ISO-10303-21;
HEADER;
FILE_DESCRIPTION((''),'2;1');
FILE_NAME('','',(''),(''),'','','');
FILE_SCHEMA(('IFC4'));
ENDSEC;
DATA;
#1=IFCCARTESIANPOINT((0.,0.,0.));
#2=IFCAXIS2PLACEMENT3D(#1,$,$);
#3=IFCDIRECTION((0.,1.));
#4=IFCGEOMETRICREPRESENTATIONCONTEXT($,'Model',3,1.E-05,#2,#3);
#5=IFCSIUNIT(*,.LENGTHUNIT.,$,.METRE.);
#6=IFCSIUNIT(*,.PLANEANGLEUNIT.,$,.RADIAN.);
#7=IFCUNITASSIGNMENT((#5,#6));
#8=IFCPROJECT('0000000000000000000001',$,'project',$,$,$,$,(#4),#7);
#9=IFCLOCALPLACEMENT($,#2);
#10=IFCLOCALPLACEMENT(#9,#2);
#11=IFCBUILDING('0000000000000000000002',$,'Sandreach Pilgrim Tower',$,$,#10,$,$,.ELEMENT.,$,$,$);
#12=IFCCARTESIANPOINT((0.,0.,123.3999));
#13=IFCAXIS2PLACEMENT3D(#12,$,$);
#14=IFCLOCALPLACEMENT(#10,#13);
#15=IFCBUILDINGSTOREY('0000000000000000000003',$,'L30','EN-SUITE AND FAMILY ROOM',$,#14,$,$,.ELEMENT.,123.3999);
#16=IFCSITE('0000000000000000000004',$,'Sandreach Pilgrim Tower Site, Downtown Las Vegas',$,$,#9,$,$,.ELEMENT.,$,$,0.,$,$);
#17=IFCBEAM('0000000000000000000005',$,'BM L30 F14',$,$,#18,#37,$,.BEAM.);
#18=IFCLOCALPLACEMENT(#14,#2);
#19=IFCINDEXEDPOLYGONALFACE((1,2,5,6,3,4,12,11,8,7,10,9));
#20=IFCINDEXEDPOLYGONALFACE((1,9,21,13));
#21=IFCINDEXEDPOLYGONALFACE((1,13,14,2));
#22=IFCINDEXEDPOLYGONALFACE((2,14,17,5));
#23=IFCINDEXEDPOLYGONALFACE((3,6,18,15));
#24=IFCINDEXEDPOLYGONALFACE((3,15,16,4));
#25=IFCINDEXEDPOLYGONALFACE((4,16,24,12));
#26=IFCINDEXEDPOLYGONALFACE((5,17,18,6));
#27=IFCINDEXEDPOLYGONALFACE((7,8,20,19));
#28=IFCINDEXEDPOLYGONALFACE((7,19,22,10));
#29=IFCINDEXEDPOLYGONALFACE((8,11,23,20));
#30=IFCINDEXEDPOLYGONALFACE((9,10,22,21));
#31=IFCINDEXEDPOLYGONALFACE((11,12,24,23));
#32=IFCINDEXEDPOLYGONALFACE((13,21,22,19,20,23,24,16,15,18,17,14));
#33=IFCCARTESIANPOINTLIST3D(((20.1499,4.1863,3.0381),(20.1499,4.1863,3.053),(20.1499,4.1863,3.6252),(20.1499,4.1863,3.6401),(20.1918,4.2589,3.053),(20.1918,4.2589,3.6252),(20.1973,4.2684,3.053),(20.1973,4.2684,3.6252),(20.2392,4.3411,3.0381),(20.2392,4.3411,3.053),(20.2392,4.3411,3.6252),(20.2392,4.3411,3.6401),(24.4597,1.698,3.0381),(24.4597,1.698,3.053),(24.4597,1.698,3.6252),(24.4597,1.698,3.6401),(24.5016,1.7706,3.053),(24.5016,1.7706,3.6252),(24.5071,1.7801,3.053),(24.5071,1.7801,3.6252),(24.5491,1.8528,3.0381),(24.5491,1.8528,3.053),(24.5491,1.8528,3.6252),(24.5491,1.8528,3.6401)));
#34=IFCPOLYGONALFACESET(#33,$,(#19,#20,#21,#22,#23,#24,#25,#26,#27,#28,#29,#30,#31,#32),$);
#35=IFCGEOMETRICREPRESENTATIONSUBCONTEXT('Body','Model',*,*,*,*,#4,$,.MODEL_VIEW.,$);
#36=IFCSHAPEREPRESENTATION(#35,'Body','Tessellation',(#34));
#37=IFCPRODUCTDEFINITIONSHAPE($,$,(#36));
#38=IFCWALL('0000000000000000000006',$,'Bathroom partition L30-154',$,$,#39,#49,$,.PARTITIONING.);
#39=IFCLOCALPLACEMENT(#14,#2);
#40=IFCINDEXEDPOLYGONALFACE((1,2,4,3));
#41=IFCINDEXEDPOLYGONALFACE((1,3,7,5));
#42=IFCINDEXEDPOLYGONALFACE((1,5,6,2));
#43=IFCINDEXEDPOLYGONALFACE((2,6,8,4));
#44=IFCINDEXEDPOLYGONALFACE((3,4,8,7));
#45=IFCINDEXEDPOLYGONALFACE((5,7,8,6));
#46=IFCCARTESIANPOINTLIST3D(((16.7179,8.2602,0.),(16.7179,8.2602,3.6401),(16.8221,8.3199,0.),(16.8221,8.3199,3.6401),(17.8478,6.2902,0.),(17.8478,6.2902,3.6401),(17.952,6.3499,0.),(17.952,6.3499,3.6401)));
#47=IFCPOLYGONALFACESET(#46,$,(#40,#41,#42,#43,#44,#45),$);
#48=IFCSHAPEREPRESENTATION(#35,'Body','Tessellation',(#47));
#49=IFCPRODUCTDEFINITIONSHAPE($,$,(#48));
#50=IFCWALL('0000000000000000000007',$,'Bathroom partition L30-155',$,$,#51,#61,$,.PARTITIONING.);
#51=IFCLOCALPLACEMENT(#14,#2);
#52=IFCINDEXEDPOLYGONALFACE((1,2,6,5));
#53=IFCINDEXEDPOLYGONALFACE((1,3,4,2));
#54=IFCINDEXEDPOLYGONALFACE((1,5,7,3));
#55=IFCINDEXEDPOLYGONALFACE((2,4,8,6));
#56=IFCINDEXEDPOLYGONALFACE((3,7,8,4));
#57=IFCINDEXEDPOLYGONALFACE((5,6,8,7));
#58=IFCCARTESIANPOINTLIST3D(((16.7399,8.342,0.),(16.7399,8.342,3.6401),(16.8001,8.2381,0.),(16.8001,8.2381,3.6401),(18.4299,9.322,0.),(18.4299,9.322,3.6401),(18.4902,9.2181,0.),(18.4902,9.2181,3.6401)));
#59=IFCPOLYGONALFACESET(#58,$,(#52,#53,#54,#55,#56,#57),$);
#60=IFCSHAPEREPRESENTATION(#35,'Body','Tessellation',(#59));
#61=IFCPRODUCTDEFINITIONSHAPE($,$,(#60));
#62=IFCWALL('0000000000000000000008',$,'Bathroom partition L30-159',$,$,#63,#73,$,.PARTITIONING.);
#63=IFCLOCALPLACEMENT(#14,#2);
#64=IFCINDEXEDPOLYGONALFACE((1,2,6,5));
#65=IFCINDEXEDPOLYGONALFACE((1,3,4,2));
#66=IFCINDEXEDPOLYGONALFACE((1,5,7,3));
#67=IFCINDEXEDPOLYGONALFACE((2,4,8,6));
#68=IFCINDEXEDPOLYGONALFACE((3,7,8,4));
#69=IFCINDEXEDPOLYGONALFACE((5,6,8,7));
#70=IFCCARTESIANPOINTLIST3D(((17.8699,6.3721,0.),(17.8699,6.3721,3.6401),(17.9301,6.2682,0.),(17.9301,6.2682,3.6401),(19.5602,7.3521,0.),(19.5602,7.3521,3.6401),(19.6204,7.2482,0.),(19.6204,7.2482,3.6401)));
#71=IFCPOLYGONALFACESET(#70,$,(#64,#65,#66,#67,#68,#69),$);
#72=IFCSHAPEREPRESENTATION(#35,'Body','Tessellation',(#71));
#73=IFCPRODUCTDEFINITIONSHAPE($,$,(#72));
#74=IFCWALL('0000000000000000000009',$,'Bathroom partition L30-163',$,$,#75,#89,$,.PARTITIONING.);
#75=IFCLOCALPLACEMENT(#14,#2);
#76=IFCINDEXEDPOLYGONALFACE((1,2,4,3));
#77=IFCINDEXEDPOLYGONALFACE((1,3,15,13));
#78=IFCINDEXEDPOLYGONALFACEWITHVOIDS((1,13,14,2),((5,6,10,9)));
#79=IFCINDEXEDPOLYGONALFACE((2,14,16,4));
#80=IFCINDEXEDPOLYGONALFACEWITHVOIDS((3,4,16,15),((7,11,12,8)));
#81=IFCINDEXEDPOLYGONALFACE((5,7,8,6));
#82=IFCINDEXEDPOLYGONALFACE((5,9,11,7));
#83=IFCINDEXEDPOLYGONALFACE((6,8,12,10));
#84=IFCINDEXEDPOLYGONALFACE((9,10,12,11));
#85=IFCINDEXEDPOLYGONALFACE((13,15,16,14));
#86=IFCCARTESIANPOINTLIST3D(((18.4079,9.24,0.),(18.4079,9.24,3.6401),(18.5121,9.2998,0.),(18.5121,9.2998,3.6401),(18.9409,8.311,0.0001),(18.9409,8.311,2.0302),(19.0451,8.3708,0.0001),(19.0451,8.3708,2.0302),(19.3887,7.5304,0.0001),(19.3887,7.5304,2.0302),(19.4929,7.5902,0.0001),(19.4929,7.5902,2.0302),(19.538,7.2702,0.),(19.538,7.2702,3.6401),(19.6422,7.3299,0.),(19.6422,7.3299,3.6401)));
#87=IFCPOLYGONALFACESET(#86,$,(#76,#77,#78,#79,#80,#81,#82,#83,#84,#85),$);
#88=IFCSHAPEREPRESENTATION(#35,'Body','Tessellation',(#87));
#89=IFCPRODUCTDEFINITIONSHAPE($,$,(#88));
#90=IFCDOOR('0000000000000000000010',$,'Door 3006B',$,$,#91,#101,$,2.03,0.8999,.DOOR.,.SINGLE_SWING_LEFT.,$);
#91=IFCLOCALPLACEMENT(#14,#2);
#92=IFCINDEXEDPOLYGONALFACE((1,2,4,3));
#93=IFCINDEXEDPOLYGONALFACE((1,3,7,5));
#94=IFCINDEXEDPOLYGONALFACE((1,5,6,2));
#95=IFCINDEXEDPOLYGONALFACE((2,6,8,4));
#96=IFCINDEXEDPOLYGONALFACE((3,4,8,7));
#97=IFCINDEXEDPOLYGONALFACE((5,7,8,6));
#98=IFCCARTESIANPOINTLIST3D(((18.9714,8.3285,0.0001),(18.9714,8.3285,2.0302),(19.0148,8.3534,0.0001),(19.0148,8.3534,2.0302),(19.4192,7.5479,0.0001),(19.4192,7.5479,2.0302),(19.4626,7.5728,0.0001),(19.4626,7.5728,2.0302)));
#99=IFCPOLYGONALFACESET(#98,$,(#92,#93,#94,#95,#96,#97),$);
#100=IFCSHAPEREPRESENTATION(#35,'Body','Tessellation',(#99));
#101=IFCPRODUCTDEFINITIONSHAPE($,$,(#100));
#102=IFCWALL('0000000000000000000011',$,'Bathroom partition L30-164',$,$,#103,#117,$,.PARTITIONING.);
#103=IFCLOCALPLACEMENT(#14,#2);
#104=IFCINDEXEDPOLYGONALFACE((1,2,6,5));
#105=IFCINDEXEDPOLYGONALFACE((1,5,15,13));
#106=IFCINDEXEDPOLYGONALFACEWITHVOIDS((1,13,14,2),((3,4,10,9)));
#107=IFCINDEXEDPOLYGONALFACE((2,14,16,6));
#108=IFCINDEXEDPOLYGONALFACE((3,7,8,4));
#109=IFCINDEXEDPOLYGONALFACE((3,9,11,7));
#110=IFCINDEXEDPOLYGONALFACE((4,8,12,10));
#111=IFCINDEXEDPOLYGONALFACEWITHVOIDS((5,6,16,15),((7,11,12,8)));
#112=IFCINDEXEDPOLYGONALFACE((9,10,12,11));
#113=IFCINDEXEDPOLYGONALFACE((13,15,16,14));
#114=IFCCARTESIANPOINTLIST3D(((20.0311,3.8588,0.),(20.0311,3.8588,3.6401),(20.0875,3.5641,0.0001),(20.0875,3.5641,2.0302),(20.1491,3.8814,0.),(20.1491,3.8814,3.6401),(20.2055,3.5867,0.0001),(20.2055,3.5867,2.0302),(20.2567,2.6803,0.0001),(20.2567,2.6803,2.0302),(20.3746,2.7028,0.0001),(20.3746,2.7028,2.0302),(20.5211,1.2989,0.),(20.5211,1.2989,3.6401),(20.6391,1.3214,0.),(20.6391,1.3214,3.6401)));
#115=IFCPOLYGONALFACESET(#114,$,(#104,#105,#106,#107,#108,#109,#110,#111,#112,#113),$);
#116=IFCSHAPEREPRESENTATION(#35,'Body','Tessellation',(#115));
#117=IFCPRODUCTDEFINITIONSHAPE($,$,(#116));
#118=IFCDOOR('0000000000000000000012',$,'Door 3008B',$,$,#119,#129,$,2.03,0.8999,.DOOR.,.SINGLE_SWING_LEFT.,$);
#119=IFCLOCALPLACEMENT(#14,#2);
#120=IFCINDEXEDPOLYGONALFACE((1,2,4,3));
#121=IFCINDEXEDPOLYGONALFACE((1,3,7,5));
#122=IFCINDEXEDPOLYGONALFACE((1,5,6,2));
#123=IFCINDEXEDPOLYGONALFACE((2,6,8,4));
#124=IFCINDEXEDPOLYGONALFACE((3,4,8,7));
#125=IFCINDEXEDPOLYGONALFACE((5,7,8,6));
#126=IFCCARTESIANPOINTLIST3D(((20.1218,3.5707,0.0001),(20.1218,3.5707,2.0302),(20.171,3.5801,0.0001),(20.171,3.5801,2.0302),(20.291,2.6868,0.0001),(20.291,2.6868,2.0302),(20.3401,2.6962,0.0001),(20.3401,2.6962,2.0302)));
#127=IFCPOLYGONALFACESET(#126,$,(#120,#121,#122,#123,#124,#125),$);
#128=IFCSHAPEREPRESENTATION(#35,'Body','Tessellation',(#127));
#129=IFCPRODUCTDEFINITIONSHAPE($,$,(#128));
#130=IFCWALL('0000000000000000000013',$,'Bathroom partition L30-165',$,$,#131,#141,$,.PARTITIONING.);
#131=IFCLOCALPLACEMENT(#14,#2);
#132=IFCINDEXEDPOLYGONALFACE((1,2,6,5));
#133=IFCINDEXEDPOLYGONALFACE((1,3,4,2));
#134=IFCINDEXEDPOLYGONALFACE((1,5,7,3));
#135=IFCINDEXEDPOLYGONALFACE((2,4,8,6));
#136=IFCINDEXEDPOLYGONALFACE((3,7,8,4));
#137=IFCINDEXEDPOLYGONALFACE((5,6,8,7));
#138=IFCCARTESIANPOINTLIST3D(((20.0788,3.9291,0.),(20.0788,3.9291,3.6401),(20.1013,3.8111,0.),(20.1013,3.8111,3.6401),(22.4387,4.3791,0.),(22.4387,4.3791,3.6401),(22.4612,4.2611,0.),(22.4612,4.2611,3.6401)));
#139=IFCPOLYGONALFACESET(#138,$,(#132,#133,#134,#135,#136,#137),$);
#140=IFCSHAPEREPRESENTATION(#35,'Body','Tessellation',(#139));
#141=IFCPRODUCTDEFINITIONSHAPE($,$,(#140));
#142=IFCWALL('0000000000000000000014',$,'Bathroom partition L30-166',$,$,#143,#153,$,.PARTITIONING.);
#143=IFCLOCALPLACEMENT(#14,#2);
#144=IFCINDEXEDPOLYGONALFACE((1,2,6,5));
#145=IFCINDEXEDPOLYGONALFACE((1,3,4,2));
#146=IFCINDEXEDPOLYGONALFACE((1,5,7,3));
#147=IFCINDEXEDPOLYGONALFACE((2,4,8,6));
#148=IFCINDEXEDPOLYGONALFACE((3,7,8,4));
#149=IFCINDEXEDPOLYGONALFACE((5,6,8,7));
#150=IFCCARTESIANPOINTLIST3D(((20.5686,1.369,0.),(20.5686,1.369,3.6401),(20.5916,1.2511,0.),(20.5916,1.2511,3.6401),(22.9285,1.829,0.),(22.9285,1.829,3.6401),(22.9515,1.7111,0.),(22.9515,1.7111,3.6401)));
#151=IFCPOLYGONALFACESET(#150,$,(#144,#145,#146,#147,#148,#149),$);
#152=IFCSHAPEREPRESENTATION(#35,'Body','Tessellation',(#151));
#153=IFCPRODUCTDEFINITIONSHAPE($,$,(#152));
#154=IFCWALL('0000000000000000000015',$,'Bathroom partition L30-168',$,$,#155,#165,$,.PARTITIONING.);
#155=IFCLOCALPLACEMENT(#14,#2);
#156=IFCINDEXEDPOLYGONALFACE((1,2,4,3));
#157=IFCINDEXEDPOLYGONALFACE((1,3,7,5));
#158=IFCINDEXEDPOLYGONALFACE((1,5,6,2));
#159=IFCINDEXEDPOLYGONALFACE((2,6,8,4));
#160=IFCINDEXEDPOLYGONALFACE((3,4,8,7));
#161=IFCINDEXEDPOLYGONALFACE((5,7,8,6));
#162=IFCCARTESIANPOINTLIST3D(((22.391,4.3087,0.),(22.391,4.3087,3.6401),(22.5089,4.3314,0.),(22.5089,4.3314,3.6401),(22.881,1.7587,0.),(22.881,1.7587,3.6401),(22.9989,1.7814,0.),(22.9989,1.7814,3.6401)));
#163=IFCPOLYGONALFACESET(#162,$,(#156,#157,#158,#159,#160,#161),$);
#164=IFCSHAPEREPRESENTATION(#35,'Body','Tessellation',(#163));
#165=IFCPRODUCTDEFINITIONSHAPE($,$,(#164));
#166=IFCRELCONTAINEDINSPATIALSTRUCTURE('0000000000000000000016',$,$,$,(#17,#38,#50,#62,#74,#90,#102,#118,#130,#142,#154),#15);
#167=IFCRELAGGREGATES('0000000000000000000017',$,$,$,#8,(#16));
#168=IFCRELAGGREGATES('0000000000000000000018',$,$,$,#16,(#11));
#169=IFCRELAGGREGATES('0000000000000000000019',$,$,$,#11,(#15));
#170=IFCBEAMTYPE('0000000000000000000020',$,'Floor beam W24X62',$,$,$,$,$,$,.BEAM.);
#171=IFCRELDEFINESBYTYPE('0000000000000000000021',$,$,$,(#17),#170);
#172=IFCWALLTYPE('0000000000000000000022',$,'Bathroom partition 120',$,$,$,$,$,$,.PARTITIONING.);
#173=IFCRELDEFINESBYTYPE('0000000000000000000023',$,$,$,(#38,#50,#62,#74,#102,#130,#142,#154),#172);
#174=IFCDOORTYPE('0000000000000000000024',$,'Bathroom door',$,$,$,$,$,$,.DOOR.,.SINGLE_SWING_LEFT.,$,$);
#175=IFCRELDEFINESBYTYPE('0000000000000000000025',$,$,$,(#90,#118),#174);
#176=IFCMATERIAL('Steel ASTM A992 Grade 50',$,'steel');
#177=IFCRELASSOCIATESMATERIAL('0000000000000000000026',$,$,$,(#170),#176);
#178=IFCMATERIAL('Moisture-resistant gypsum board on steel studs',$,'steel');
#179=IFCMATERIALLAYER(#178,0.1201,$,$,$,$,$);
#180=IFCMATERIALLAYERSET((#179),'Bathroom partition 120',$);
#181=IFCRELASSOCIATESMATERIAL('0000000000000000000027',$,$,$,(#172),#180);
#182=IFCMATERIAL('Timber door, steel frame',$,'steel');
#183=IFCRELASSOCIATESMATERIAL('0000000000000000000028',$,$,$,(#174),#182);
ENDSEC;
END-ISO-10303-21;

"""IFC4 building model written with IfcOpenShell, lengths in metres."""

from ifc_helpers import new_model, si_unit, direction, frame, frame_2d, origin, origin_2d, place, context, subcontext, project, spatial, rectangle, i_section, extrude, material, layer, layer_set, material_profile, profile_set, type_object, element, fill, save


model = new_model("IFC4")

# Units and contexts
model_context = context("Model", 3, precision=1e-05, world=origin(), true_north=direction((0.0, 1.0)))
body_context = subcontext(model_context, "Body", "Model", "MODEL_VIEW")
ifc_project = project(units=[si_unit("LENGTHUNIT", "METRE"), si_unit("PLANEANGLEUNIT", "RADIAN")], contexts=[model_context])

# Site, building, storey
site_placement = place(None, origin())
site = spatial("IfcSite", under=ifc_project, at=site_placement, Name="Sandreach Pilgrim Tower Site, Downtown Las Vegas", CompositionType="ELEMENT", RefElevation=0.0)
building_placement = place(site_placement, origin())
building = spatial("IfcBuilding", under=site, at=building_placement, Name="Sandreach Pilgrim Tower", CompositionType="ELEMENT")
storey_placement = place(building_placement, frame((0.0, 0.0, 123.3999)))
storey = spatial("IfcBuildingStorey", under=building, at=storey_placement, Name="L30", Description="EN-SUITE AND FAMILY ROOM", CompositionType="ELEMENT", Elevation=123.3999)

# Beam
ifc_material_1 = material(Name="Steel ASTM A992 Grade 50", Category="steel")
ifc_material_profile = material_profile(ifc_material_1, i_section(OverallWidth=0.1787, OverallDepth=0.6021, WebThickness=0.011, FlangeThickness=0.0149, at=origin_2d()), Name="W24X62")
ifc_profile_set = profile_set([ifc_material_profile], Name="Steel ASTM A992 Grade 50")
beam_type = type_object("IfcBeamType", Name="Floor beam W24X62", PredefinedType="BEAM", material=ifc_profile_set)
beam_placement = place(storey_placement, frame((24.5044, 1.7754, 3.3391), z_axis=(-0.866025, 0.500001, 0.0), x_axis=(-0.500001, -0.866025, 0.0)))
element("IfcBeam", 1, at=beam_placement, inside=storey, type_object=beam_type, Name="BM L30 F14", PredefinedType="BEAM", context=body_context, shape_type="SweptSolid", body=[
    extrude(i_section(OverallWidth=0.1787, OverallDepth=0.6021, WebThickness=0.011, FlangeThickness=0.0149, at=origin_2d()), origin(), (0.0, 0.0, 1.0), 4.9766),
])

# Walls
ifc_material_2 = material(Name="Moisture-resistant gypsum board on steel studs", Category="steel")
ifc_layer_1 = layer(ifc_material_2, 0.1201)
ifc_layer_set_1 = layer_set([ifc_layer_1], Name="Bathroom partition 120")
wall_type_1 = type_object("IfcWallType", Name="Bathroom partition 120", PredefinedType="PARTITIONING", material=ifc_layer_set_1)
wall_1_placement = place(storey_placement, frame((16.77, 8.29, 0.0), z_axis=(0.0, 0.0, 1.0), x_axis=(0.497528, -0.867448, 0.0)))
element("IfcWall", 2, at=wall_1_placement, inside=storey, type_object=wall_type_1, Name="Bathroom partition L30-154", PredefinedType="PARTITIONING", context=body_context, shape_type="SweptSolid", body=[
    extrude(rectangle(XDim=2.271, YDim=0.1201, at=frame_2d((1.1355, 0.0))), origin(), (0.0, 0.0, 1.0), 3.6401),
])
wall_2_placement = place(storey_placement, frame((16.77, 8.29, 0.0), z_axis=(0.0, 0.0, 1.0), x_axis=(0.865072, 0.501647, 0.0)))
element("IfcWall", 3, at=wall_2_placement, inside=storey, type_object=wall_type_1, Name="Bathroom partition L30-155", PredefinedType="PARTITIONING", context=body_context, shape_type="SweptSolid", body=[
    extrude(rectangle(XDim=1.9536, YDim=0.1201, at=frame_2d((0.9768, 0.0))), origin(), (0.0, 0.0, 1.0), 3.6401),
])
wall_3_placement = place(storey_placement, frame((17.8999, 6.3201, 0.0), z_axis=(0.0, 0.0, 1.0), x_axis=(0.865104, 0.501593, 0.0)))
element("IfcWall", 4, at=wall_3_placement, inside=storey, type_object=wall_type_1, Name="Bathroom partition L30-159", PredefinedType="PARTITIONING", context=body_context, shape_type="SweptSolid", body=[
    extrude(rectangle(XDim=1.9539, YDim=0.1201, at=frame_2d((0.9771, 0.0))), origin(), (0.0, 0.0, 1.0), 3.6401),
])

# Walls, openings, doors
wall_4_placement = place(storey_placement, frame((19.5901, 7.3, 0.0), z_axis=(0.0, 0.0, 1.0), x_axis=(-0.497608, 0.867402, 0.0)))
wall_4 = element("IfcWall", 5, at=wall_4_placement, inside=storey, type_object=wall_type_1, Name="Bathroom partition L30-163", PredefinedType="PARTITIONING", context=body_context, shape_type="SweptSolid", body=[
    extrude(rectangle(XDim=2.271, YDim=0.1201, at=frame_2d((1.1355, 0.0))), origin(), (0.0, 0.0, 1.0), 3.6401),
])
opening_1_placement = place(wall_4_placement, frame((0.3, 0.0, 0.0)))
opening_1 = element("IfcOpeningElement", 6, at=opening_1_placement, cuts=wall_4, PredefinedType="OPENING", context=body_context, shape_type="SweptSolid", body=[
    extrude(rectangle(XDim=0.8999, YDim=2.03, at=frame_2d((0.45, 1.0151))), frame((0.0, 0.0601, 0.0), z_axis=(0.0, -1.0, 0.0), x_axis=(1.0, 0.0, 0.0)), (0.0, 0.0, 1.0), 0.1201),
])
ifc_material_3 = material(Name="Timber door, steel frame", Category="steel")
door_type_1 = type_object("IfcDoorType", Name="Bathroom door", OperationType="SINGLE_SWING_LEFT", PredefinedType="DOOR", material=ifc_material_3)
door_1_placement = place(opening_1_placement, origin())
door_1 = element("IfcDoor", 7, at=door_1_placement, inside=storey, type_object=door_type_1, Name="Door 3006B", OperationType="SINGLE_SWING_LEFT", OverallHeight=2.03, OverallWidth=0.8999, PredefinedType="DOOR", context=body_context, shape_type="SweptSolid", body=[
    extrude(rectangle(XDim=0.8999, YDim=2.03, at=frame_2d((0.45, 1.0151))), frame((0.0, 0.0249, 0.0), z_axis=(0.0, -1.0, 0.0), x_axis=(1.0, 0.0, 0.0)), (0.0, 0.0, 1.0), 0.05),
])
fill(opening_1, door_1)
wall_5_placement = place(storey_placement, frame((20.0901, 3.8701, 0.0), z_axis=(0.0, 0.0, 1.0), x_axis=(0.187986, -0.982172, 0.0)))
wall_5 = element("IfcWall", 8, at=wall_5_placement, inside=storey, type_object=wall_type_1, Name="Bathroom partition L30-164", PredefinedType="PARTITIONING", context=body_context, shape_type="SweptSolid", body=[
    extrude(rectangle(XDim=2.6064, YDim=0.1201, at=frame_2d((1.3032, 0.0))), origin(), (0.0, 0.0, 1.0), 3.6401),
])
opening_2_placement = place(wall_5_placement, frame((0.3, 0.0, 0.0)))
opening_2 = element("IfcOpeningElement", 9, at=opening_2_placement, cuts=wall_5, PredefinedType="OPENING", context=body_context, shape_type="SweptSolid", body=[
    extrude(rectangle(XDim=0.8999, YDim=2.03, at=frame_2d((0.45, 1.0151))), frame((0.0, 0.0601, 0.0), z_axis=(0.0, -1.0, 0.0), x_axis=(1.0, 0.0, 0.0)), (0.0, 0.0, 1.0), 0.1201),
])
door_2_placement = place(opening_2_placement, origin())
door_2 = element("IfcDoor", 10, at=door_2_placement, inside=storey, type_object=door_type_1, Name="Door 3008B", OperationType="SINGLE_SWING_LEFT", OverallHeight=2.03, OverallWidth=0.8999, PredefinedType="DOOR", context=body_context, shape_type="SweptSolid", body=[
    extrude(rectangle(XDim=0.8999, YDim=2.03, at=frame_2d((0.45, 1.0151))), frame((0.0, 0.0249, 0.0), z_axis=(0.0, -1.0, 0.0), x_axis=(1.0, 0.0, 0.0)), (0.0, 0.0, 1.0), 0.05),
])
fill(opening_2, door_2)

# Walls
wall_6_placement = place(storey_placement, frame((20.0901, 3.8701, 0.0), z_axis=(0.0, 0.0, 1.0), x_axis=(0.982304, 0.187294, 0.0)))
element("IfcWall", 11, at=wall_6_placement, inside=storey, type_object=wall_type_1, Name="Bathroom partition L30-165", PredefinedType="PARTITIONING", context=body_context, shape_type="SweptSolid", body=[
    extrude(rectangle(XDim=2.4023, YDim=0.1201, at=frame_2d((1.2012, 0.0))), origin(), (0.0, 0.0, 1.0), 3.6401),
])
wall_7_placement = place(storey_placement, frame((20.5801, 1.3101, 0.0), z_axis=(0.0, 0.0, 1.0), x_axis=(0.98153, 0.19131, 0.0)))
element("IfcWall", 12, at=wall_7_placement, inside=storey, type_object=wall_type_1, Name="Bathroom partition L30-166", PredefinedType="PARTITIONING", context=body_context, shape_type="SweptSolid", body=[
    extrude(rectangle(XDim=2.4043, YDim=0.1201, at=frame_2d((1.2021, 0.0))), origin(), (0.0, 0.0, 1.0), 3.6401),
])
wall_8_placement = place(storey_placement, frame((22.9399, 1.77, 0.0), z_axis=(0.0, 0.0, 1.0), x_axis=(-0.188697, 0.982035, 0.0)))
element("IfcWall", 13, at=wall_8_placement, inside=storey, type_object=wall_type_1, Name="Bathroom partition L30-168", PredefinedType="PARTITIONING", context=body_context, shape_type="SweptSolid", body=[
    extrude(rectangle(XDim=2.5967, YDim=0.1201, at=frame_2d((1.2983, 0.0))), origin(), (0.0, 0.0, 1.0), 3.6401),
])

save(model, "model.ifc")
